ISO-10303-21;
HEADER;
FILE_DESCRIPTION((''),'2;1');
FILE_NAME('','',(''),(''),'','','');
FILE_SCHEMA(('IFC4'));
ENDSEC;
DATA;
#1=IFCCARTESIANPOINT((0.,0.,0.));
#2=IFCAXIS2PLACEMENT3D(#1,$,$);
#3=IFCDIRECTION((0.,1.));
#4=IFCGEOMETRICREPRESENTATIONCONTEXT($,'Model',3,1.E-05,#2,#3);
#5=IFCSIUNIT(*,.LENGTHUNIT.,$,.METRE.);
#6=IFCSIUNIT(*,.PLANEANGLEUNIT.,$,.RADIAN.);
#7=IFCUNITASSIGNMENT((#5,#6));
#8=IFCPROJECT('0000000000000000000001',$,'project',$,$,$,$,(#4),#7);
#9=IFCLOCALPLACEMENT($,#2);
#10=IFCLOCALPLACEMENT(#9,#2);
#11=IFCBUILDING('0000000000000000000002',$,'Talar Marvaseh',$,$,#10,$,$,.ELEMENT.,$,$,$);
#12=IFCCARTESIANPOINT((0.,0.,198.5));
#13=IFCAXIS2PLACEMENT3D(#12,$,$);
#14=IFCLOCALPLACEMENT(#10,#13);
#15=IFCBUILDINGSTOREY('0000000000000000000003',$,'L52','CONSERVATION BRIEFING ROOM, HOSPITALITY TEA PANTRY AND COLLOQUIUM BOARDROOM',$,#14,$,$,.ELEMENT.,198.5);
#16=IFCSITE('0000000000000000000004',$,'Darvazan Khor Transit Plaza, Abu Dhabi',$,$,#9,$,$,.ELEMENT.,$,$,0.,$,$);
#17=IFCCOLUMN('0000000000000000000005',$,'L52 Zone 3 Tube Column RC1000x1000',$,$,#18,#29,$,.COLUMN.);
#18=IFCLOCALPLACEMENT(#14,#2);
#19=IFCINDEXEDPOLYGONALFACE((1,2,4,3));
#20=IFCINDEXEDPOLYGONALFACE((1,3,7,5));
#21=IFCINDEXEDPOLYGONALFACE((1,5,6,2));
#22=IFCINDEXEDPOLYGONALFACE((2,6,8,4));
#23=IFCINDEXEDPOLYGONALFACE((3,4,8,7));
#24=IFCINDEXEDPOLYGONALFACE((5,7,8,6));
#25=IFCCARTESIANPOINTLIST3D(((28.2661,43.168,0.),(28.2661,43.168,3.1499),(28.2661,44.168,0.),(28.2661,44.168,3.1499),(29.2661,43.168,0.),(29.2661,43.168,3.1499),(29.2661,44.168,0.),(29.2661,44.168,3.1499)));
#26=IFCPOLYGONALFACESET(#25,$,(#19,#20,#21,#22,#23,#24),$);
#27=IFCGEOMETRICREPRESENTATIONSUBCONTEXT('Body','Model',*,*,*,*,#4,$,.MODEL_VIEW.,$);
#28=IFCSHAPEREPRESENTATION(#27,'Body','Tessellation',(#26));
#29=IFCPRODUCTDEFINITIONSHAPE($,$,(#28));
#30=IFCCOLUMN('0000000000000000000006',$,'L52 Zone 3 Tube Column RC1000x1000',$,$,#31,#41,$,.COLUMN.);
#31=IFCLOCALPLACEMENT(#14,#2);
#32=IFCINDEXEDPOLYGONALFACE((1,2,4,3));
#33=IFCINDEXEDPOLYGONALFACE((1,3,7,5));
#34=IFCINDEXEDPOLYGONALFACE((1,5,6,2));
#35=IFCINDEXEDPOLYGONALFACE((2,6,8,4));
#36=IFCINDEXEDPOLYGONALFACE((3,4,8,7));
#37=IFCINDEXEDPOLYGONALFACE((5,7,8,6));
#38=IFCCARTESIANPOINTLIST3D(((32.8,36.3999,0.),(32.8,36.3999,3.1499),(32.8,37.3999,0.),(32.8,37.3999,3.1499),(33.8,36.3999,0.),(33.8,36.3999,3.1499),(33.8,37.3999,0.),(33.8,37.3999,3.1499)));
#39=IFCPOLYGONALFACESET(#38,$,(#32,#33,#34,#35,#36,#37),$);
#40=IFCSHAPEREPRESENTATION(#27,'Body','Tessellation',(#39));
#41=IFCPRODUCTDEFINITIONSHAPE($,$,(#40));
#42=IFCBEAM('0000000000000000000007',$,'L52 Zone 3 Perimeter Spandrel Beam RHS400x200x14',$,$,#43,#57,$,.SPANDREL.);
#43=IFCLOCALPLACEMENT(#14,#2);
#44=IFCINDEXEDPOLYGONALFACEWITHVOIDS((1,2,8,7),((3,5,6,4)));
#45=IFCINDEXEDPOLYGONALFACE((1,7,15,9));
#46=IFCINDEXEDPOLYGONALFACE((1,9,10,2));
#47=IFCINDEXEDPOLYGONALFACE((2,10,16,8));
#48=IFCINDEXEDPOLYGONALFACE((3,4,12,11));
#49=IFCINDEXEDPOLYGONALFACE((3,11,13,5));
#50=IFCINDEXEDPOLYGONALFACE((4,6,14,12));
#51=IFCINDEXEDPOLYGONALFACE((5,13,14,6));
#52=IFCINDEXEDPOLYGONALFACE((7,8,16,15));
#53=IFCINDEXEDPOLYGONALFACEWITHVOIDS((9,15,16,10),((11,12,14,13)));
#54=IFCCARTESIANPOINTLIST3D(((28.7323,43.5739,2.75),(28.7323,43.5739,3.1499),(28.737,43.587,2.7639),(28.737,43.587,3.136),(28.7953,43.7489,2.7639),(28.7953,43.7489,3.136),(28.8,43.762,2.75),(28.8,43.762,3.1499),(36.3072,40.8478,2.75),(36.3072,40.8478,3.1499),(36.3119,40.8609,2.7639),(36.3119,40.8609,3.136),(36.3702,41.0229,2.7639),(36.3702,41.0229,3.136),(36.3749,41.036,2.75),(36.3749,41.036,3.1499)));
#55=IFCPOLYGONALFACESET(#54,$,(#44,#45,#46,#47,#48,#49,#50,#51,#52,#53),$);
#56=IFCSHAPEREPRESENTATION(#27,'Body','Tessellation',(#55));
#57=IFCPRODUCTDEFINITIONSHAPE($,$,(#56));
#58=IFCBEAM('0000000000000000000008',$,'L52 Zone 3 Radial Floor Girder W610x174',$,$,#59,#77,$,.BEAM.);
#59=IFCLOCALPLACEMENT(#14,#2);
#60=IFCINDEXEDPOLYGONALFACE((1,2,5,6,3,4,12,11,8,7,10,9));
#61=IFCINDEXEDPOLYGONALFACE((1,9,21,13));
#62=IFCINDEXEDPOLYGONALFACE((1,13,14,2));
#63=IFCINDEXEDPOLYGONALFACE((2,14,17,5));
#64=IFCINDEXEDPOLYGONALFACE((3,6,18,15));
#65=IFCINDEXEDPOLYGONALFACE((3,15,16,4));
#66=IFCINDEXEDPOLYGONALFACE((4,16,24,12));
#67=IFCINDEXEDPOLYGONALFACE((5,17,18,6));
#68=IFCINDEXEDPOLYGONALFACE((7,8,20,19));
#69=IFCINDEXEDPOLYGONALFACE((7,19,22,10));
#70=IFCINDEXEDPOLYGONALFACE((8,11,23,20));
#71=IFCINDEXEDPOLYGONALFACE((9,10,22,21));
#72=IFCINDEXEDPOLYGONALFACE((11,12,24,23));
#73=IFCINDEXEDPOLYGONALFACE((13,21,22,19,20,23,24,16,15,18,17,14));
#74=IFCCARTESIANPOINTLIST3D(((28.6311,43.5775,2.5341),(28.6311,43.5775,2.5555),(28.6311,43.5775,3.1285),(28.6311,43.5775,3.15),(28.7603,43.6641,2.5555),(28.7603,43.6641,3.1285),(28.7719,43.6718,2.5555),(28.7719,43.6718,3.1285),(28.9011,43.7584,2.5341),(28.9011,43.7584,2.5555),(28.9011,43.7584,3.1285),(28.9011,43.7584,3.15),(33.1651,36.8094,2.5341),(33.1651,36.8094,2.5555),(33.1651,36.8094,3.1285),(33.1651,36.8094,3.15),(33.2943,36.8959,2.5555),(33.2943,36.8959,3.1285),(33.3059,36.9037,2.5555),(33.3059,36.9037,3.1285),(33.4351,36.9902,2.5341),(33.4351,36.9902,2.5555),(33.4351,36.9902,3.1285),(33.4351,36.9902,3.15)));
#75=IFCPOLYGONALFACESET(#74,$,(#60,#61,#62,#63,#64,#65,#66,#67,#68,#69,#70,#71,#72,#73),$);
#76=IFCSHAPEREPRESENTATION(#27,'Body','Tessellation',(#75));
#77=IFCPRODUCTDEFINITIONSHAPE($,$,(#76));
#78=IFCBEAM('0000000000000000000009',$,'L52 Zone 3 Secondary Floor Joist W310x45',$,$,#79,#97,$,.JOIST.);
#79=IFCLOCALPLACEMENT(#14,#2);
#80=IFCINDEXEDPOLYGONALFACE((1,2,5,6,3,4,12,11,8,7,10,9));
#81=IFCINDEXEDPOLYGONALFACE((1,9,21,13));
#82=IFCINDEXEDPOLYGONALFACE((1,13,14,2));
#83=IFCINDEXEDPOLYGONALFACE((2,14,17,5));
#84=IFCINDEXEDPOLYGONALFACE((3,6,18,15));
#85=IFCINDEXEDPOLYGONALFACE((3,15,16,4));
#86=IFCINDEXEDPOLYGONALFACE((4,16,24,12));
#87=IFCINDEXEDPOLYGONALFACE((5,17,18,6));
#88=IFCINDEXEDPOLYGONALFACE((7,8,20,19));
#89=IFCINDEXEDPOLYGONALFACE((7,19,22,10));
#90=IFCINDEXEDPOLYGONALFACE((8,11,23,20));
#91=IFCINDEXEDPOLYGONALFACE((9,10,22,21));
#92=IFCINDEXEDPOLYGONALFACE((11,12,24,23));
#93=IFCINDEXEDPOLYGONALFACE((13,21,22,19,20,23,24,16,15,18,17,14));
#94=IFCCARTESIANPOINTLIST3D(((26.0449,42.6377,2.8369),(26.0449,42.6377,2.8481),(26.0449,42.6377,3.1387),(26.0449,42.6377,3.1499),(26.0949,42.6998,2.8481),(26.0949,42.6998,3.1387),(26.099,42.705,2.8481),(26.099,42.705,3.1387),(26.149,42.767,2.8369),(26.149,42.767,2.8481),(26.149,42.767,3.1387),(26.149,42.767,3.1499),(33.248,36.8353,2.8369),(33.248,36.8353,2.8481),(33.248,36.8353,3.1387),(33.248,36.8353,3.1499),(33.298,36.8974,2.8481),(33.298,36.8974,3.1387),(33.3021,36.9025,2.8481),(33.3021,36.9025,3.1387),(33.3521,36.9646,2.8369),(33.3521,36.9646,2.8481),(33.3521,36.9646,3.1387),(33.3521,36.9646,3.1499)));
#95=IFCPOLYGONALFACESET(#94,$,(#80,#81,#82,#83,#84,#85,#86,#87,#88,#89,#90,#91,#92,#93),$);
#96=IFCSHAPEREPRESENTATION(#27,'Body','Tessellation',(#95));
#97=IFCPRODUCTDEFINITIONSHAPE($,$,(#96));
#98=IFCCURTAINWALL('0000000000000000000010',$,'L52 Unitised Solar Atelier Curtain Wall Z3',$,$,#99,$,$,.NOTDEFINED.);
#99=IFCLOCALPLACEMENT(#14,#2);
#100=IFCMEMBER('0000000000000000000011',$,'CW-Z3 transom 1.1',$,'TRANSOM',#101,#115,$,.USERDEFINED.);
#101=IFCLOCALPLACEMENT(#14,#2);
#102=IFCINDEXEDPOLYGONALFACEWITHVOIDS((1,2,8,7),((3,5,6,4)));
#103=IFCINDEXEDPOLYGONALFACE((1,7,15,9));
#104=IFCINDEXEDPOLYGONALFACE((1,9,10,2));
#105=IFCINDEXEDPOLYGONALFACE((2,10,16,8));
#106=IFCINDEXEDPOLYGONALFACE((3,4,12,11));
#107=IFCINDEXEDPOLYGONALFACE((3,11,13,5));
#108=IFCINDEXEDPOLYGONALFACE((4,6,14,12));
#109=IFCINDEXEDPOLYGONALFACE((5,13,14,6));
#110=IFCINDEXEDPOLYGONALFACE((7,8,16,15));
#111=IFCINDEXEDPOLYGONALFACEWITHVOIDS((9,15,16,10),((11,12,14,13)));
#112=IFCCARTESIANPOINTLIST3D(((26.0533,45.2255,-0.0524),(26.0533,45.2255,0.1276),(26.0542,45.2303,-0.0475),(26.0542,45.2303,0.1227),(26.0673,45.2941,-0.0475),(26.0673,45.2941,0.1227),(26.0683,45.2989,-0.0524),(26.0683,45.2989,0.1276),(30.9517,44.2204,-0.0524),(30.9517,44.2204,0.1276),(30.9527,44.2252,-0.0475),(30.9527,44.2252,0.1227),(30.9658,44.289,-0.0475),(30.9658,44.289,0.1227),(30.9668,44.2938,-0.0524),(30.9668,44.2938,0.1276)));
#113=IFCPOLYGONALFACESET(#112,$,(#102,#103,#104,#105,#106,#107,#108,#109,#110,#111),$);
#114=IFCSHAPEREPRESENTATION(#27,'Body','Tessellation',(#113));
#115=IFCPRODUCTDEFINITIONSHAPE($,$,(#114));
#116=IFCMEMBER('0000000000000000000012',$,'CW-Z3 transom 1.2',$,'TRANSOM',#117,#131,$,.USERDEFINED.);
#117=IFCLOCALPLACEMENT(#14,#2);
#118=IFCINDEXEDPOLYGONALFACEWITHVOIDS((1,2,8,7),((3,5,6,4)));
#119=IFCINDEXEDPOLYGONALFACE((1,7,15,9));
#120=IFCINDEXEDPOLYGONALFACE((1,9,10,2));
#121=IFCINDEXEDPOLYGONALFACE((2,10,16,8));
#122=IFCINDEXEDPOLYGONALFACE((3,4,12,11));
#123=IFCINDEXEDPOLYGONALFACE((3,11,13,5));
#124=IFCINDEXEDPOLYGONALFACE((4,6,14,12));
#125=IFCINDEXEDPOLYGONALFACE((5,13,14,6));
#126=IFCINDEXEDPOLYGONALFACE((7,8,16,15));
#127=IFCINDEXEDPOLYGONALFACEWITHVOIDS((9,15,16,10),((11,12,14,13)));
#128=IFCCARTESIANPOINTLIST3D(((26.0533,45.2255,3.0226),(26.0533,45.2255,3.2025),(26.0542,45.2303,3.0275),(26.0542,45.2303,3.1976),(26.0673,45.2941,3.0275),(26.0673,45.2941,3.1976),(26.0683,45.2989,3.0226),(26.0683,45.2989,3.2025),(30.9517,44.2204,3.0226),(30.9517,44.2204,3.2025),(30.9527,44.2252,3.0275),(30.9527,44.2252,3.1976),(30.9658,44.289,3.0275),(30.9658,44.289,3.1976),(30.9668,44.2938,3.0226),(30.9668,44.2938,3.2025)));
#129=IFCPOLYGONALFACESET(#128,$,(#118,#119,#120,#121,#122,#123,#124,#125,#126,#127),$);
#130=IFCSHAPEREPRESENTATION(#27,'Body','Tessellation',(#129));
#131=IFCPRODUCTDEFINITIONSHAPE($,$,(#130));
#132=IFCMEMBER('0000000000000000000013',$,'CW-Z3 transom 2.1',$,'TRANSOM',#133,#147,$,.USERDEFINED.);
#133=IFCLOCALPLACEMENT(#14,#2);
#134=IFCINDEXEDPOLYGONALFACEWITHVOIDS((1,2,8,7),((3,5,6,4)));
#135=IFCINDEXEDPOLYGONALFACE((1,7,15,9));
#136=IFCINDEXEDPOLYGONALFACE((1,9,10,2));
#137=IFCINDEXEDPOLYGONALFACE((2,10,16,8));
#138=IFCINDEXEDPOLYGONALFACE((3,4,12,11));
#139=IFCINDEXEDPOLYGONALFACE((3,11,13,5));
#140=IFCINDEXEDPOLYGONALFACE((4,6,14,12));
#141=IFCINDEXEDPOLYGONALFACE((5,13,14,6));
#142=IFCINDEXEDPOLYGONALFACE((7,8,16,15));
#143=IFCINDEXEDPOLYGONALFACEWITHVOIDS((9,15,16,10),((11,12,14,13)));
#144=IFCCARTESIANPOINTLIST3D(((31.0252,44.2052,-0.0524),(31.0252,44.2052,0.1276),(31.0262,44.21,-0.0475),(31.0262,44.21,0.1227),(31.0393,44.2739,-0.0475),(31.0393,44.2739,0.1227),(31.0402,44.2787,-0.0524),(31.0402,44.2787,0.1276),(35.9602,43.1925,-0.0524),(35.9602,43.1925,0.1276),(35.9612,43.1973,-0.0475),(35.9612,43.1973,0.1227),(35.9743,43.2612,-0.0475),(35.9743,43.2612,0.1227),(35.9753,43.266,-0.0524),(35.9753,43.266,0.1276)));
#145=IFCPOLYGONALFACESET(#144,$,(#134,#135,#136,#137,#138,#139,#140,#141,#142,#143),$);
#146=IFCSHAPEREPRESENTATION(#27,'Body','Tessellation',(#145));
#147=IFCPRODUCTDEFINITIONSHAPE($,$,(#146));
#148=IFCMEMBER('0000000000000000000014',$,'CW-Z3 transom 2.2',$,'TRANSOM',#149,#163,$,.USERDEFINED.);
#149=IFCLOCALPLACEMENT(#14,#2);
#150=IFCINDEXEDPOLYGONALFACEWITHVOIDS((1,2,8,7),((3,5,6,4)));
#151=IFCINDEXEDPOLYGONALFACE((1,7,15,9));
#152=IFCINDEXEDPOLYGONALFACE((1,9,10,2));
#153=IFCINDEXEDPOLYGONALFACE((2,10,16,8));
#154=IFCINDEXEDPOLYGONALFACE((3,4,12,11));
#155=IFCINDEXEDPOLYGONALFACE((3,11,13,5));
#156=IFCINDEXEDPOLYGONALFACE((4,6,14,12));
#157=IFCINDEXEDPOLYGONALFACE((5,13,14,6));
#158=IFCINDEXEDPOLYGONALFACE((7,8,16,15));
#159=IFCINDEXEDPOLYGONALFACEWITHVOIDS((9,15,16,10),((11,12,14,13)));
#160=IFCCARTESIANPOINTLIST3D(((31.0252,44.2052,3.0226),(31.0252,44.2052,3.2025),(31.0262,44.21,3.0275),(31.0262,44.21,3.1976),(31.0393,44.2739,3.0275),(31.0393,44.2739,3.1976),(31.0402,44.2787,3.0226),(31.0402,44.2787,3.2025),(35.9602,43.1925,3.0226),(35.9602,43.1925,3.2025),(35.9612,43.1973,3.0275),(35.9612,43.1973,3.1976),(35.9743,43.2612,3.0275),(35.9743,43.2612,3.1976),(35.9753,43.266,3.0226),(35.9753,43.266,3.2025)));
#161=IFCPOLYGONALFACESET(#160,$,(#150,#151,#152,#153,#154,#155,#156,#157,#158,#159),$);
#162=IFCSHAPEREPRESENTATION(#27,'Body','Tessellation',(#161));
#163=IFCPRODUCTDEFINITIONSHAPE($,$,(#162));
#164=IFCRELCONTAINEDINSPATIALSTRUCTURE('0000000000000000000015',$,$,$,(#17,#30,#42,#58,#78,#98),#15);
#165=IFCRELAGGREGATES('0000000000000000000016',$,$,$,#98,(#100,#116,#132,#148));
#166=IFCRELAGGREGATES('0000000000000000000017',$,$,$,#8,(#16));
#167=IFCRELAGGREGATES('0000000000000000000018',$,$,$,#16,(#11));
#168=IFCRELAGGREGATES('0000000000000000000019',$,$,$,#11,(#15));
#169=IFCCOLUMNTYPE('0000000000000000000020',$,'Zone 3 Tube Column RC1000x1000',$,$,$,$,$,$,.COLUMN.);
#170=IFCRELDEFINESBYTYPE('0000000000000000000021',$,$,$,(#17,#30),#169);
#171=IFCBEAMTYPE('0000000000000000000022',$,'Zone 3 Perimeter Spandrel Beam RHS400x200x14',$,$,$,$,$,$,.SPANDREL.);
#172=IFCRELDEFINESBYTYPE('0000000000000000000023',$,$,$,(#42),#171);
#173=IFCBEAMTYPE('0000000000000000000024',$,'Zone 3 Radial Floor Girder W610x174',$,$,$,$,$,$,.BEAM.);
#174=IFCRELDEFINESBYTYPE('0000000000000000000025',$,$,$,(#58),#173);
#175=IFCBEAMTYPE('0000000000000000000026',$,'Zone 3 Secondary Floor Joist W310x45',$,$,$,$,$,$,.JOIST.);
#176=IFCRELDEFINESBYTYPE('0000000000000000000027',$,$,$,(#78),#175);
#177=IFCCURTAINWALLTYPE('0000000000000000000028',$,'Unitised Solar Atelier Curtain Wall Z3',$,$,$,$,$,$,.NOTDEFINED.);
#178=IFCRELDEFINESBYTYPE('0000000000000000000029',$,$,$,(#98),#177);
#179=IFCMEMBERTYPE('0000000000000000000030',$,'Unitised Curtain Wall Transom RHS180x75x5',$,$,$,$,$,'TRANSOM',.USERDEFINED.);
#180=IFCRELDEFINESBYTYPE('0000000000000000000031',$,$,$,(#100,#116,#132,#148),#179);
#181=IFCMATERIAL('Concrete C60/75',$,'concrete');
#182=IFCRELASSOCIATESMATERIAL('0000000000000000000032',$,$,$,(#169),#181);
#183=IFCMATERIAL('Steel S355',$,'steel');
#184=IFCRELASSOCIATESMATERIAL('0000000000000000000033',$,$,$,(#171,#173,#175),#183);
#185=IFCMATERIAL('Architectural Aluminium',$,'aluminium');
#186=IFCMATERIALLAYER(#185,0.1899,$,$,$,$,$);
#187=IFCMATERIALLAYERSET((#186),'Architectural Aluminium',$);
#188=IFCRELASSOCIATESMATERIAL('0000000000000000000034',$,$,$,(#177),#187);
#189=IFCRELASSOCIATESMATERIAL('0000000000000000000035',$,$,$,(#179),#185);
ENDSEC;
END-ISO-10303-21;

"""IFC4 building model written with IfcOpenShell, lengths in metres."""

from ifc_helpers import new_model, si_unit, direction, frame, origin, origin_2d, place, context, subcontext, project, spatial, rectangle, hollow_rectangle, i_section, extrude, source, transform, mapped, material, layer, layer_set, material_profile, profile_set, type_object, type_shapes, element, aggregate, save


model = new_model("IFC4")

# Units and contexts
model_context = context("Model", 3, precision=1e-05, world=origin(), true_north=direction((0.0, 1.0)))
body_context = subcontext(model_context, "Body", "Model", "MODEL_VIEW")
ifc_project = project(units=[si_unit("LENGTHUNIT", "METRE"), si_unit("PLANEANGLEUNIT", "RADIAN")], contexts=[model_context])

# Site, building, storey
site_placement = place(None, origin())
site = spatial("IfcSite", under=ifc_project, at=site_placement, Name="Darvazan Khor Transit Plaza, Abu Dhabi", CompositionType="ELEMENT", RefElevation=0.0)
building_placement = place(site_placement, origin())
building = spatial("IfcBuilding", under=site, at=building_placement, Name="Talar Marvaseh", CompositionType="ELEMENT")
storey_placement = place(building_placement, frame((0.0, 0.0, 198.5)))
storey = spatial("IfcBuildingStorey", under=building, at=storey_placement, Name="L52", Description="CONSERVATION BRIEFING ROOM, HOSPITALITY TEA PANTRY AND COLLOQUIUM BOARDROOM", CompositionType="ELEMENT", Elevation=198.5)

# Columns
ifc_material_1 = material(Name="Concrete C60/75", Category="concrete")
ifc_material_profile_1 = material_profile(ifc_material_1, rectangle(XDim=1.0, YDim=1.0, at=origin_2d()), Name="RC1000x1000")
ifc_profile_set_1 = profile_set([ifc_material_profile_1], Name="Concrete C60/75")
column_type = type_object("IfcColumnType", Name="Zone 3 Tube Column RC1000x1000", PredefinedType="COLUMN", material=ifc_profile_set_1)
for number, where, z_axis, x_axis, name in (
    (1, (28.7661, 43.668, 0.0), (0.0, 0.0, 1.0), (1.0, 0.0, 0.0), "L52 Zone 3 Tube Column RC1000x1000"),
    (2, (33.3, 36.8999, 0.0), (0.0, 0.0, 1.0), (1.0, 0.0, 0.0), "L52 Zone 3 Tube Column RC1000x1000"),
):
    element("IfcColumn", number, at=place(storey_placement, frame(where, z_axis=z_axis, x_axis=x_axis)), inside=storey, type_object=column_type, Name=name, PredefinedType="COLUMN", context=body_context, shape_type="SweptSolid", body=[
        extrude(rectangle(XDim=1.0, YDim=1.0, at=origin_2d()), origin(), (0.0, 0.0, 1.0), 3.1499),
    ])

# Beams
ifc_material_2 = material(Name="Steel S355", Category="steel")
ifc_material_profile_2 = material_profile(ifc_material_2, hollow_rectangle(XDim=0.2, YDim=0.3999, WallThickness=0.0139, at=origin_2d()), Name="RHS400x200x14")
ifc_profile_set_2 = profile_set([ifc_material_profile_2], Name="Steel S355")
beam_type_1 = type_object("IfcBeamType", Name="Zone 3 Perimeter Spandrel Beam RHS400x200x14", PredefinedType="SPANDREL", material=ifc_profile_set_2)
beam_1_placement = place(storey_placement, frame((28.7661, 43.668, 2.95), z_axis=(0.940923, -0.33862, 0.0), x_axis=(0.33862, 0.940923, 0.0)))
element("IfcBeam", 3, at=beam_1_placement, inside=storey, type_object=beam_type_1, Name="L52 Zone 3 Perimeter Spandrel Beam RHS400x200x14", PredefinedType="SPANDREL", context=body_context, shape_type="SweptSolid", body=[
    extrude(hollow_rectangle(XDim=0.2, YDim=0.3999, WallThickness=0.0139, at=origin_2d()), origin(), (0.0, 0.0, 1.0), 8.0505),
])
ifc_material_profile_3 = material_profile(ifc_material_2, i_section(OverallWidth=0.325, OverallDepth=0.616, WebThickness=0.0139, FlangeThickness=0.0215, at=origin_2d()), Name="W610x174")
ifc_profile_set_3 = profile_set([ifc_material_profile_3], Name="Steel S355")
beam_type_2 = type_object("IfcBeamType", Name="Zone 3 Radial Floor Girder W610x174", PredefinedType="BEAM", material=ifc_profile_set_3)
beam_2_placement = place(storey_placement, frame((28.7661, 43.668, 2.842), z_axis=(0.556559, -0.830808, 0.0), x_axis=(0.830808, 0.556559, 0.0)))
element("IfcBeam", 4, at=beam_2_placement, inside=storey, type_object=beam_type_2, Name="L52 Zone 3 Radial Floor Girder W610x174", PredefinedType="BEAM", context=body_context, shape_type="SweptSolid", body=[
    extrude(i_section(OverallWidth=0.325, OverallDepth=0.616, WebThickness=0.0139, FlangeThickness=0.0215, at=origin_2d()), origin(), (0.0, 0.0, 1.0), 8.1465),
])
ifc_material_profile_4 = material_profile(ifc_material_2, i_section(OverallWidth=0.166, OverallDepth=0.313, WebThickness=0.0066, FlangeThickness=0.0112, at=origin_2d()), Name="W310x45")
ifc_profile_set_4 = profile_set([ifc_material_profile_4], Name="Steel S355")
beam_type_3 = type_object("IfcBeamType", Name="Zone 3 Secondary Floor Joist W310x45", PredefinedType="JOIST", material=ifc_profile_set_4)
beam_3_placement = place(storey_placement, frame((26.0969, 42.7024, 2.9934), z_axis=(0.778755, -0.627328, 0.0), x_axis=(0.627328, 0.778755, 0.0)))
element("IfcBeam", 5, at=beam_3_placement, inside=storey, type_object=beam_type_3, Name="L52 Zone 3 Secondary Floor Joist W310x45", PredefinedType="JOIST", context=body_context, shape_type="SweptSolid", body=[
    extrude(i_section(OverallWidth=0.166, OverallDepth=0.313, WebThickness=0.0066, FlangeThickness=0.0112, at=origin_2d()), origin(), (0.0, 0.0, 1.0), 9.2495),
])

# Curtain wall, members
ifc_material_3 = material(Name="Architectural Aluminium", Category="aluminium")
ifc_layer_1 = layer(ifc_material_3, 0.1899)
ifc_layer_set_1 = layer_set([ifc_layer_1], Name="Architectural Aluminium")
curtain_wall_type = type_object("IfcCurtainWallType", Name="Unitised Solar Atelier Curtain Wall Z3", PredefinedType="NOTDEFINED", material=ifc_layer_set_1)
curtain_wall_1_placement = place(storey_placement, origin())
curtain_wall_1 = element("IfcCurtainWall", 6, at=curtain_wall_1_placement, inside=storey, type_object=curtain_wall_type, Name="L52 Unitised Solar Atelier Curtain Wall Z3", PredefinedType="NOTDEFINED")
ifc_material_profile_5 = material_profile(ifc_material_3, hollow_rectangle(XDim=0.075, YDim=0.1799, WallThickness=0.0049, at=origin_2d()), Name="RHS180x75x5")
ifc_profile_set_5 = profile_set([ifc_material_profile_5], Name="Architectural Aluminium")
member_type_1 = type_object("IfcMemberType", Name="Unitised Curtain Wall Transom RHS180x75x5", ElementType="TRANSOM", PredefinedType="USERDEFINED", material=ifc_profile_set_5)
shared_shape_1 = source(origin(), body_context, "Body", "SweptSolid", [
    extrude(hollow_rectangle(XDim=0.075, YDim=0.1799, WallThickness=0.0049, at=origin_2d()), origin(), (0.0, 0.0, 1.0), 5.0005),
])
member_1_placement = place(storey_placement, frame((26.0608, 45.2622, 0.0376), z_axis=(0.97959, -0.201005, 0.0), x_axis=(0.201005, 0.97959, 0.0)))
member_1 = element("IfcMember", 7, at=member_1_placement, type_object=member_type_1, Name="CW-Z3 transom 1.1", ObjectType="TRANSOM", PredefinedType="USERDEFINED", context=body_context, shape_type="MappedRepresentation", body=[
    mapped(shared_shape_1, transform((0.0, 0.0, 0.0), x_axis=(1.0, 0.0, 0.0), y_axis=(0.0, 1.0, 0.0), z_axis=(0.0, 0.0, 1.0), scale=1.0)),
])
member_2_placement = place(storey_placement, frame((26.0608, 45.2622, 3.1125), z_axis=(0.97959, -0.201005, 0.0), x_axis=(0.201005, 0.97959, 0.0)))
member_2 = element("IfcMember", 8, at=member_2_placement, type_object=member_type_1, Name="CW-Z3 transom 1.2", ObjectType="TRANSOM", PredefinedType="USERDEFINED", context=body_context, shape_type="MappedRepresentation", body=[
    mapped(shared_shape_1, transform((0.0, 0.0, 0.0), x_axis=(1.0, 0.0, 0.0), y_axis=(0.0, 1.0, 0.0), z_axis=(0.0, 0.0, 1.0), scale=1.0)),
])
shared_shape_2 = source(origin(), body_context, "Body", "SweptSolid", [
    extrude(hollow_rectangle(XDim=0.075, YDim=0.1799, WallThickness=0.0049, at=origin_2d()), origin(), (0.0, 0.0, 1.0), 5.0378),
])
type_shapes(member_type_1, [shared_shape_1, shared_shape_2])
member_3_placement = place(storey_placement, frame((31.0327, 44.2419, 0.0376), z_axis=(0.979588, -0.201016, 0.0), x_axis=(0.201016, 0.979588, 0.0)))
member_3 = element("IfcMember", 9, at=member_3_placement, type_object=member_type_1, Name="CW-Z3 transom 2.1", ObjectType="TRANSOM", PredefinedType="USERDEFINED", context=body_context, shape_type="MappedRepresentation", body=[
    mapped(shared_shape_2, transform((0.0, 0.0, 0.0), x_axis=(1.0, 0.0, 0.0), y_axis=(0.0, 1.0, 0.0), z_axis=(0.0, 0.0, 1.0), scale=1.0)),
])
member_4_placement = place(storey_placement, frame((31.0327, 44.2419, 3.1125), z_axis=(0.979588, -0.201016, 0.0), x_axis=(0.201016, 0.979588, 0.0)))
member_4 = element("IfcMember", 10, at=member_4_placement, type_object=member_type_1, Name="CW-Z3 transom 2.2", ObjectType="TRANSOM", PredefinedType="USERDEFINED", context=body_context, shape_type="MappedRepresentation", body=[
    mapped(shared_shape_2, transform((0.0, 0.0, 0.0), x_axis=(1.0, 0.0, 0.0), y_axis=(0.0, 1.0, 0.0), z_axis=(0.0, 0.0, 1.0), scale=1.0)),
])

aggregate(curtain_wall_1, [member_1, member_2, member_3, member_4])

save(model, "model.ifc")
